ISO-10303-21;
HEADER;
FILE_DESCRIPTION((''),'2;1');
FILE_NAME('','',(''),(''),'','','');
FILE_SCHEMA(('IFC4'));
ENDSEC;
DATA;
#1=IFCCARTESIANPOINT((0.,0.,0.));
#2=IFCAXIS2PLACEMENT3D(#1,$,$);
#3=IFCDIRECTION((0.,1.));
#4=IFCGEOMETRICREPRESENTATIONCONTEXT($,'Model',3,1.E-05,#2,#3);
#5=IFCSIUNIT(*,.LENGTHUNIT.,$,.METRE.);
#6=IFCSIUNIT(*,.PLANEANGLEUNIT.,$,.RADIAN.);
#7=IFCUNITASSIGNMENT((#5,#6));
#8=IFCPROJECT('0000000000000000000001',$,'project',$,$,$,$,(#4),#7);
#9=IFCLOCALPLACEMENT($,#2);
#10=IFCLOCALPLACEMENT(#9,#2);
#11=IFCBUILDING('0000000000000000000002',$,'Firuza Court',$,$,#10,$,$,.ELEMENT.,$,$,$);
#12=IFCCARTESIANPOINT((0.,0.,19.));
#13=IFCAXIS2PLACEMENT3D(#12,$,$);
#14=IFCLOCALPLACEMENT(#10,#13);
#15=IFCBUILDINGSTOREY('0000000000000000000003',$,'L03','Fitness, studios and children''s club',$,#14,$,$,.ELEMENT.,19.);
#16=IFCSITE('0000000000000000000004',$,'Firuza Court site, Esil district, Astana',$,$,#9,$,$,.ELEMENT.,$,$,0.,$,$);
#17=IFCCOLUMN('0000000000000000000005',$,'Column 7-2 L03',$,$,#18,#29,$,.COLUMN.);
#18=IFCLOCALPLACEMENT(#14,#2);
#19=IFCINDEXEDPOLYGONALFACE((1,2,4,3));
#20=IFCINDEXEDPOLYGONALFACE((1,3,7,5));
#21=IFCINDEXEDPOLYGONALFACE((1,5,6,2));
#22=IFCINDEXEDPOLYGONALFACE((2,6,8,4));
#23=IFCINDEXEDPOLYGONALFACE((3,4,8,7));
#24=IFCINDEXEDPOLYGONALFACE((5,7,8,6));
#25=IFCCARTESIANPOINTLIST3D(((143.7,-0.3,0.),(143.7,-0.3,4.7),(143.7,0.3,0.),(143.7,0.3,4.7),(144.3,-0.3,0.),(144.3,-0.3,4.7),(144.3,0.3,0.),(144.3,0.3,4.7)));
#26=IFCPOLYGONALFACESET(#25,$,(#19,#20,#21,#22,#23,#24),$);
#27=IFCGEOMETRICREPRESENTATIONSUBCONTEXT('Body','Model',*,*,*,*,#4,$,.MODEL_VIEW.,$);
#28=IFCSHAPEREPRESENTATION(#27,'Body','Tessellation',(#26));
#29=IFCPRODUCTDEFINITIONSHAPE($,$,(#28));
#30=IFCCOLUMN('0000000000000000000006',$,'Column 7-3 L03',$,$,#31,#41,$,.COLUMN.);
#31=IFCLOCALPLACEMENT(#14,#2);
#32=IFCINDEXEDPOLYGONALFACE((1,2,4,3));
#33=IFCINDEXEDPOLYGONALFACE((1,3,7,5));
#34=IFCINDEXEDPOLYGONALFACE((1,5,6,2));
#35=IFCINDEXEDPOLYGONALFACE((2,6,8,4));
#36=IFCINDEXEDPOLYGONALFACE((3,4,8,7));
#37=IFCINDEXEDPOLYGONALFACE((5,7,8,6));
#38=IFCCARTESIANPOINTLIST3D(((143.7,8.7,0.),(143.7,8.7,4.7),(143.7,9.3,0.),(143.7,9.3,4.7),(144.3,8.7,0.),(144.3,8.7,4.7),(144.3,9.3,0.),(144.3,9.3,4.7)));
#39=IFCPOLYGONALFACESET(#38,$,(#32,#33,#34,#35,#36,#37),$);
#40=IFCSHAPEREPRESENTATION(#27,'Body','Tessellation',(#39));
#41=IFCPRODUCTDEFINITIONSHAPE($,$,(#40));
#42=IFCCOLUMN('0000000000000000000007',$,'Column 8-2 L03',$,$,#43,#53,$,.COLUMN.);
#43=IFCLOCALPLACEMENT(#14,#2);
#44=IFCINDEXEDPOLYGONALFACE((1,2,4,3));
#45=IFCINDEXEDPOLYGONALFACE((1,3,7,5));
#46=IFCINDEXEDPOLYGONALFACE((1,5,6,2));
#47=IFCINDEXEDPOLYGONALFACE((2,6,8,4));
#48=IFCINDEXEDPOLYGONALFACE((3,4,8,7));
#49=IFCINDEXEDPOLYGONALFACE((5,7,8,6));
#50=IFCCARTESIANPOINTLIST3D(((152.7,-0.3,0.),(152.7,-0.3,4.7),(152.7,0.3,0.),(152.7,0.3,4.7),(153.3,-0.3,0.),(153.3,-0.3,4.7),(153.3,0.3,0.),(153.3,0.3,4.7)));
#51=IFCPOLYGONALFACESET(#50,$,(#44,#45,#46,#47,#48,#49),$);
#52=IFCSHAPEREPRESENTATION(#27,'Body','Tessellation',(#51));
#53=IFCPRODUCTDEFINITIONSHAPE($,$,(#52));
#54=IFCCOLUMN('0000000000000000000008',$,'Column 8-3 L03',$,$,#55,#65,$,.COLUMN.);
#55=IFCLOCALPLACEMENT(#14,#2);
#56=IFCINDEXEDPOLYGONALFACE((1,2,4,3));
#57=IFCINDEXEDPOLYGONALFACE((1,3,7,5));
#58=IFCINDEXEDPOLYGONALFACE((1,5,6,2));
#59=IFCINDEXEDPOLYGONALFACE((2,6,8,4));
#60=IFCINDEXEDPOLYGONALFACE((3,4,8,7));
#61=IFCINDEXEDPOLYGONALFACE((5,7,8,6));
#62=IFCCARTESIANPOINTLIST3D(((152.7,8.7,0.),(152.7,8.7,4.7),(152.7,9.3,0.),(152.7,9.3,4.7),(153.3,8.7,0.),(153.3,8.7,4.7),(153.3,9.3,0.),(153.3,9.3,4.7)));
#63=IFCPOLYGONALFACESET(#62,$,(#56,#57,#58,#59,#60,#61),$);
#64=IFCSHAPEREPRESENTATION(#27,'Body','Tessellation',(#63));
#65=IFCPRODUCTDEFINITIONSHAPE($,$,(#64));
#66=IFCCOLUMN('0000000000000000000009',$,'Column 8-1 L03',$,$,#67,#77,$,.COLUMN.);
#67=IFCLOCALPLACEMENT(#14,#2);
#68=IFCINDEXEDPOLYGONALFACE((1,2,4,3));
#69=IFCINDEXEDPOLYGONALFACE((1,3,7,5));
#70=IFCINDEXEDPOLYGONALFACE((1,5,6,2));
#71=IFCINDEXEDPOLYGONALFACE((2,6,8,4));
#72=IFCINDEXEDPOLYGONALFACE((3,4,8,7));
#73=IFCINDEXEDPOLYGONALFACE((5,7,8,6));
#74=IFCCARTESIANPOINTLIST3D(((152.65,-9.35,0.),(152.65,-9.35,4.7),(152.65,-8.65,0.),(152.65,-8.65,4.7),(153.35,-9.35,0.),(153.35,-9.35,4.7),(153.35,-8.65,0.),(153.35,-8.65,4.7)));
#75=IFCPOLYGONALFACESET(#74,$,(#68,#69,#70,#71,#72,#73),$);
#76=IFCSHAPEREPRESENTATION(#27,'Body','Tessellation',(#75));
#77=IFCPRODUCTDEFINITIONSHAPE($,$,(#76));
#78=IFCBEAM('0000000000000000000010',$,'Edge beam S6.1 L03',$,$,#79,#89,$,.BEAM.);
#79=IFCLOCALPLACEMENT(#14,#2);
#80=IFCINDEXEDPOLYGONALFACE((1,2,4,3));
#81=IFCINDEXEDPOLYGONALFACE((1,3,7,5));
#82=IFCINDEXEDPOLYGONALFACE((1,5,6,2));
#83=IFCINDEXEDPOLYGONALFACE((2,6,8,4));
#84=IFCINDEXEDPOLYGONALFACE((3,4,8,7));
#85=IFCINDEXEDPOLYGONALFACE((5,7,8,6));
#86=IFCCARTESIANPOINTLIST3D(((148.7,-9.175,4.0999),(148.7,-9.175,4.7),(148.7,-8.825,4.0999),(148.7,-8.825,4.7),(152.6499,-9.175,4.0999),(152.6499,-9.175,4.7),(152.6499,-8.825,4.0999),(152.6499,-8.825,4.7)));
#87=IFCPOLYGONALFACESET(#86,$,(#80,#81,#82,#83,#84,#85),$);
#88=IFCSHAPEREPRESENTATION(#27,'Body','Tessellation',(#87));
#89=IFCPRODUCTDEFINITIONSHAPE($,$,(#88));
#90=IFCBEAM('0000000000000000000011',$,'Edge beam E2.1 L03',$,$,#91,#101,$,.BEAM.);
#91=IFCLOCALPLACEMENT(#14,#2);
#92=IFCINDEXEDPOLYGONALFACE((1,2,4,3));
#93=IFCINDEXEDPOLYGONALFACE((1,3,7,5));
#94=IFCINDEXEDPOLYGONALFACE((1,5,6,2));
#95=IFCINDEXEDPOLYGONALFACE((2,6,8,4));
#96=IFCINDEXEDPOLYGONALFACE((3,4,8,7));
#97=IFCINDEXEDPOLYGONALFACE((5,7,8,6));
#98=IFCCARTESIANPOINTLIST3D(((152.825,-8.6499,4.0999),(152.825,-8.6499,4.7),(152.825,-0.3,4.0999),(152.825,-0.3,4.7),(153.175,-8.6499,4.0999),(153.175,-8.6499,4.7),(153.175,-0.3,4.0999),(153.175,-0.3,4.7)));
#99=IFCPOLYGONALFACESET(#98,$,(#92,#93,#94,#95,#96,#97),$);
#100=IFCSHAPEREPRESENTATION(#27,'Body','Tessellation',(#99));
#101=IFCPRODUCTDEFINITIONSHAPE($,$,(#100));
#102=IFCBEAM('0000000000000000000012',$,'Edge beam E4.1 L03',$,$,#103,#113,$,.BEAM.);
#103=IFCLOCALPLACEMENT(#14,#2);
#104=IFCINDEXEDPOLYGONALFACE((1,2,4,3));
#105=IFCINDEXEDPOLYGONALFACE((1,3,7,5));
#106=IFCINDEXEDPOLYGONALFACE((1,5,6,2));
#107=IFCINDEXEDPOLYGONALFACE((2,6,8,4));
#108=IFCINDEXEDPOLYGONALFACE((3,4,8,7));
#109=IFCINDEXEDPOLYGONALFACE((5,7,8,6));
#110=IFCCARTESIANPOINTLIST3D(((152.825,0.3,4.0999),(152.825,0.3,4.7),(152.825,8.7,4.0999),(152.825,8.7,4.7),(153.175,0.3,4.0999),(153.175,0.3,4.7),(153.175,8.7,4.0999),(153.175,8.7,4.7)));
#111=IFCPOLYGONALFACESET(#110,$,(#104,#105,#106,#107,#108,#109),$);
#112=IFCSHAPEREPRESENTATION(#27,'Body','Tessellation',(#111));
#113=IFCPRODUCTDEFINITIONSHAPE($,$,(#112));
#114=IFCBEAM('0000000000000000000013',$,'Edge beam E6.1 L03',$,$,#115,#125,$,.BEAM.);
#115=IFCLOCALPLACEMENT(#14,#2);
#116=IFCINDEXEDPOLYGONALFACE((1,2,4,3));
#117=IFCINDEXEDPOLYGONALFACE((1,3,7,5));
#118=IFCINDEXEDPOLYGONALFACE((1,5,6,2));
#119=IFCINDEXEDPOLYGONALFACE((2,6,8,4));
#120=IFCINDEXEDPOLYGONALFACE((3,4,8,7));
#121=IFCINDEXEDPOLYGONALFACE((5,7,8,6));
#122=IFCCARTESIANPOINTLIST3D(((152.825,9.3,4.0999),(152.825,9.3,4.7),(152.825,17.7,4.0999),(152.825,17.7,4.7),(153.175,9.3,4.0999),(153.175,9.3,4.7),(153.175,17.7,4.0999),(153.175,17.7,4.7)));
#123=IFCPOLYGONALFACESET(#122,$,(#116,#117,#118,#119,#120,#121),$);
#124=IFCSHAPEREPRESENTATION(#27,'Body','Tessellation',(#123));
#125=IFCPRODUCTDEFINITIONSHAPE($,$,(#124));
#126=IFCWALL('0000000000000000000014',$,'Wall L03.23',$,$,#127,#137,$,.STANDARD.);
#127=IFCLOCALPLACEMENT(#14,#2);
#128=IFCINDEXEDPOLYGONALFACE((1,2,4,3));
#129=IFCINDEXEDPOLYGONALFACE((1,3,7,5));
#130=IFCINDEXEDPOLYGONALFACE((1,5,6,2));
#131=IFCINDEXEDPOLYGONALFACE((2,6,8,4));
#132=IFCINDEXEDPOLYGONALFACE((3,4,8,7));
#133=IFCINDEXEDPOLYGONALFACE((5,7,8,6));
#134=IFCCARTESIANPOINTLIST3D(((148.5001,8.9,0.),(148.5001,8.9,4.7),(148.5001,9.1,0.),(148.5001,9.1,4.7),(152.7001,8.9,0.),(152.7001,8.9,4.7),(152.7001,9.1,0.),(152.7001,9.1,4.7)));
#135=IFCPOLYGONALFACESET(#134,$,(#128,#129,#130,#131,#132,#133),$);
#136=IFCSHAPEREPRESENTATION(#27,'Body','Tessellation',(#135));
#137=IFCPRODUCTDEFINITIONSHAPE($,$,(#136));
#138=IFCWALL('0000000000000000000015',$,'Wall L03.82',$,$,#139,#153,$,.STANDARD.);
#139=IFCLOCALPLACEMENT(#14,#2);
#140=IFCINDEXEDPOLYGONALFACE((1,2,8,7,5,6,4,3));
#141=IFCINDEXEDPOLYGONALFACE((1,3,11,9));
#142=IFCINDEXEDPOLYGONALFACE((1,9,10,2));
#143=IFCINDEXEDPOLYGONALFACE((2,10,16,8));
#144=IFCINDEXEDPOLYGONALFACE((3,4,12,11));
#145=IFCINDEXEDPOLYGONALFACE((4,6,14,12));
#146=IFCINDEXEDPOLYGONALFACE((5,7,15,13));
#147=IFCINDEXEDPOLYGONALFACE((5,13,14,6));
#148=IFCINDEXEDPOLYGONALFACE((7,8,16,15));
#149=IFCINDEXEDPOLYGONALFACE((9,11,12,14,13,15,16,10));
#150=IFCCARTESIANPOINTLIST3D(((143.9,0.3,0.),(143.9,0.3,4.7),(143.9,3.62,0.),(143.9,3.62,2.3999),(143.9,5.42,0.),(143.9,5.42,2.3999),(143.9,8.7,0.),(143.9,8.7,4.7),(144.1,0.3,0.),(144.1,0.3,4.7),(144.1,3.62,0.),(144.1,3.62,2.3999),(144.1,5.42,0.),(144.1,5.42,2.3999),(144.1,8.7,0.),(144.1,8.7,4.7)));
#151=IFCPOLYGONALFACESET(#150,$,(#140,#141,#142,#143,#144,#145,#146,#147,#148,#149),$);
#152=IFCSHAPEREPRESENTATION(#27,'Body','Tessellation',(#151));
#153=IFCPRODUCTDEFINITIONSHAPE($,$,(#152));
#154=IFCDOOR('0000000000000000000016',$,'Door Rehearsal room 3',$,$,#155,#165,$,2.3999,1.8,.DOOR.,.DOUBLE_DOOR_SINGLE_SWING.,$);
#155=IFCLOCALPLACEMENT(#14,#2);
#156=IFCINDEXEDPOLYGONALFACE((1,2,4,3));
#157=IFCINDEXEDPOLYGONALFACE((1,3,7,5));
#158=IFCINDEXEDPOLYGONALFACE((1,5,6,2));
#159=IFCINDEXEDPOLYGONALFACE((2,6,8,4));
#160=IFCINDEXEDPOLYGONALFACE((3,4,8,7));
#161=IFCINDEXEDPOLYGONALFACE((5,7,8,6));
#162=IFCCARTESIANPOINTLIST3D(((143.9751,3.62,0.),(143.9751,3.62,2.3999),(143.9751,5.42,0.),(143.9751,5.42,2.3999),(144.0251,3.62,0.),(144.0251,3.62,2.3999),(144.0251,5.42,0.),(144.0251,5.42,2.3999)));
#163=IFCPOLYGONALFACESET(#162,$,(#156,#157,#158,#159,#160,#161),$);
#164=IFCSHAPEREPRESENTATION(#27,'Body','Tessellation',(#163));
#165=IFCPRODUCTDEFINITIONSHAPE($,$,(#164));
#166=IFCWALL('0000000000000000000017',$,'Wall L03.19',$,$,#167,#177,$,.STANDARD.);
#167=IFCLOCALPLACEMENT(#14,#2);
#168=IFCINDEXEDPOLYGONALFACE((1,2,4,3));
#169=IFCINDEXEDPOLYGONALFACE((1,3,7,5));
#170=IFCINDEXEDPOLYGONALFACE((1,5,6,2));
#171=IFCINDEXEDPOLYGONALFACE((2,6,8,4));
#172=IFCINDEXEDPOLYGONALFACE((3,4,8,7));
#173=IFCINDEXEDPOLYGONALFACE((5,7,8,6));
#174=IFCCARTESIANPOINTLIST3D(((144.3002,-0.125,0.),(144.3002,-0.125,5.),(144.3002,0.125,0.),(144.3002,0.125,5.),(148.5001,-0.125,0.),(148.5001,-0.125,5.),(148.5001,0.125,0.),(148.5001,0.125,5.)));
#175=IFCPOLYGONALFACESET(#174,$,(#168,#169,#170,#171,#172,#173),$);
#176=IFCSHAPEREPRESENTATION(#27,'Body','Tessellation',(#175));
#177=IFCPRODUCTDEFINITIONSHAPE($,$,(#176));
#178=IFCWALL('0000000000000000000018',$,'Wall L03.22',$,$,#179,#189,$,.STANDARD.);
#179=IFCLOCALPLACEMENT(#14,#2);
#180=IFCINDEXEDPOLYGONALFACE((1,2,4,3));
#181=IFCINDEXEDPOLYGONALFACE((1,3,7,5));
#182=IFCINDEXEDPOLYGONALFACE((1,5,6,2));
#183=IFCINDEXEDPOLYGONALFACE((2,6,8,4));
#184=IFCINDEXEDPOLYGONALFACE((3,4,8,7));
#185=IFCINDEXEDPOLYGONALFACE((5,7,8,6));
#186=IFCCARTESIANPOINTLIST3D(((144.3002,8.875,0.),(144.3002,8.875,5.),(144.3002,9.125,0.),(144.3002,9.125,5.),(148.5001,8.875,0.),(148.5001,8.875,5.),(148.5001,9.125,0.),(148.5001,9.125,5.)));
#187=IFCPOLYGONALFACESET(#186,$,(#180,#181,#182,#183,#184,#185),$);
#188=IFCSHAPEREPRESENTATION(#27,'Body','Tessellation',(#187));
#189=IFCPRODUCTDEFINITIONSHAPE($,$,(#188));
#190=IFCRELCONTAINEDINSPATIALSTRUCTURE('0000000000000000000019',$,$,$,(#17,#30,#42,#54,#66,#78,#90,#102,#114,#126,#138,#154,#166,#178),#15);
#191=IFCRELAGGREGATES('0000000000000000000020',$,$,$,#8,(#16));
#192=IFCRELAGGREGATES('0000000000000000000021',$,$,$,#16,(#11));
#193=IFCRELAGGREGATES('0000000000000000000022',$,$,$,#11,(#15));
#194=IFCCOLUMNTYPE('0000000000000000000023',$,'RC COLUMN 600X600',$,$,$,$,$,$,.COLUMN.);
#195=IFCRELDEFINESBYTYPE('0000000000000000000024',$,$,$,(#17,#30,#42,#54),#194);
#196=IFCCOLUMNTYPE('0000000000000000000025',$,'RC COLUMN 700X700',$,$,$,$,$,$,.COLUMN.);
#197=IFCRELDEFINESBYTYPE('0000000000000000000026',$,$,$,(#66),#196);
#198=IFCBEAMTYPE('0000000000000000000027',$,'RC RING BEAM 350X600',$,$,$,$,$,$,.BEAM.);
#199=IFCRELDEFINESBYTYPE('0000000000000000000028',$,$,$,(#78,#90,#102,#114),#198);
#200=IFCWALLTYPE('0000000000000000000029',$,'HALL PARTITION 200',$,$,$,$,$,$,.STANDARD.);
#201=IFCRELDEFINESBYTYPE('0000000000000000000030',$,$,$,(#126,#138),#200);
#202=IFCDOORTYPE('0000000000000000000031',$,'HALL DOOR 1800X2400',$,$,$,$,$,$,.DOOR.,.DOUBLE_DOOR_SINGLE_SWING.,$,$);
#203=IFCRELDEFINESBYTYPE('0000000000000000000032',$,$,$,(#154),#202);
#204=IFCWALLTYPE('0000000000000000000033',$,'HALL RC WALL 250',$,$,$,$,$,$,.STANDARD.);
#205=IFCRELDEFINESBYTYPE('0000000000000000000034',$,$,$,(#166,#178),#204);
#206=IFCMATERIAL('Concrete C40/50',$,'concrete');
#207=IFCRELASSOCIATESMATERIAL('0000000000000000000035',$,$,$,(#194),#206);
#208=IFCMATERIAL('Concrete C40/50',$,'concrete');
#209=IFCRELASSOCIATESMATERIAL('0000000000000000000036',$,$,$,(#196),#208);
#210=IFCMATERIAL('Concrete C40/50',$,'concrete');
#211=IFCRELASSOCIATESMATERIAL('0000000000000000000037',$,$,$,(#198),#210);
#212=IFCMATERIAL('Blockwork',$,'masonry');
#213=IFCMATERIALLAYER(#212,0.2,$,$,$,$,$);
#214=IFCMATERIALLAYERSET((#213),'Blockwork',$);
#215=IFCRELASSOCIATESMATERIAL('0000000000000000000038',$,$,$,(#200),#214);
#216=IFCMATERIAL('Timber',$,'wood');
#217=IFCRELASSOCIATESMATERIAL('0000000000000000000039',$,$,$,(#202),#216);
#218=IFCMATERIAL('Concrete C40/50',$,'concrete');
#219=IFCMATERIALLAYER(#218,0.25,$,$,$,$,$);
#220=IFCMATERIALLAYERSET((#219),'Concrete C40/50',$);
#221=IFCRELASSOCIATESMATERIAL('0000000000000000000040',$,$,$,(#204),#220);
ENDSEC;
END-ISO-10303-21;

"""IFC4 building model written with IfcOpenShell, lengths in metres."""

from ifc_helpers import new_model, si_unit, direction, frame, frame_2d, origin, origin_2d, place, context, subcontext, project, spatial, rectangle, extrude, material, layer, layer_set, material_profile, profile_set, type_object, element, fill, save


model = new_model("IFC4")

# Units and contexts
model_context = context("Model", 3, precision=1e-05, world=origin(), true_north=direction((0.0, 1.0)))
body_context = subcontext(model_context, "Body", "Model", "MODEL_VIEW")
ifc_project = project(units=[si_unit("LENGTHUNIT", "METRE"), si_unit("PLANEANGLEUNIT", "RADIAN")], contexts=[model_context])

# Site, building, storey
site_placement = place(None, origin())
site = spatial("IfcSite", under=ifc_project, at=site_placement, Name="Firuza Court site, Esil district, Astana", CompositionType="ELEMENT", RefElevation=0.0)
building_placement = place(site_placement, origin())
building = spatial("IfcBuilding", under=site, at=building_placement, Name="Firuza Court", CompositionType="ELEMENT")
storey_placement = place(building_placement, frame((0.0, 0.0, 19.0)))
storey = spatial("IfcBuildingStorey", under=building, at=storey_placement, Name="L03", Description="Fitness, studios and children's club", CompositionType="ELEMENT", Elevation=19.0)

# Columns
ifc_material_1 = material(Name="Concrete C40/50", Category="concrete")
ifc_material_profile_1 = material_profile(ifc_material_1, rectangle(XDim=0.6001, YDim=0.6001, at=origin_2d()), Name="RC 600X600")
ifc_profile_set_1 = profile_set([ifc_material_profile_1], Name="Concrete C40/50")
column_type_1 = type_object("IfcColumnType", Name="RC COLUMN 600X600", PredefinedType="COLUMN", material=ifc_profile_set_1)
for number, where, z_axis, x_axis, name in (
    (1, (144.0, 0.0, 0.0), (0.0, 0.0, 1.0), (1.0, 0.0, 0.0), "Column 7-2 L03"),
    (2, (144.0, 9.0, 0.0), (0.0, 0.0, 1.0), (1.0, 0.0, 0.0), "Column 7-3 L03"),
    (3, (153.0, 0.0, 0.0), (0.0, 0.0, 1.0), (1.0, 0.0, 0.0), "Column 8-2 L03"),
    (4, (153.0, 9.0, 0.0), (0.0, 0.0, 1.0), (1.0, 0.0, 0.0), "Column 8-3 L03"),
):
    element("IfcColumn", number, at=place(storey_placement, frame(where, z_axis=z_axis, x_axis=x_axis)), inside=storey, type_object=column_type_1, Name=name, PredefinedType="COLUMN", context=body_context, shape_type="SweptSolid", body=[
        extrude(rectangle(XDim=0.6001, YDim=0.6001, at=origin_2d()), origin(), (0.0, 0.0, 1.0), 4.7),
    ])
ifc_material_2 = material(Name="Concrete C40/50", Category="concrete")
ifc_material_profile_2 = material_profile(ifc_material_2, rectangle(XDim=0.7, YDim=0.7, at=origin_2d()), Name="RC 700X700")
ifc_profile_set_2 = profile_set([ifc_material_profile_2], Name="Concrete C40/50")
column_type_2 = type_object("IfcColumnType", Name="RC COLUMN 700X700", PredefinedType="COLUMN", material=ifc_profile_set_2)
column_placement = place(storey_placement, frame((153.0, -9.0, 0.0), z_axis=(0.0, 0.0, 1.0), x_axis=(1.0, 0.0, 0.0)))
element("IfcColumn", 5, at=column_placement, inside=storey, type_object=column_type_2, Name="Column 8-1 L03", PredefinedType="COLUMN", context=body_context, shape_type="SweptSolid", body=[
    extrude(rectangle(XDim=0.7, YDim=0.7, at=origin_2d()), origin(), (0.0, 0.0, 1.0), 4.7),
])

# Beams
ifc_material_3 = material(Name="Concrete C40/50", Category="concrete")
ifc_material_profile_3 = material_profile(ifc_material_3, rectangle(XDim=0.3501, YDim=0.6001, at=origin_2d()), Name="RC 350X600")
ifc_profile_set_3 = profile_set([ifc_material_profile_3], Name="Concrete C40/50")
beam_type = type_object("IfcBeamType", Name="RC RING BEAM 350X600", PredefinedType="BEAM", material=ifc_profile_set_3)
beam_1_placement = place(storey_placement, frame((148.7, -9.0, 4.3999), z_axis=(1.0, 0.0, 0.0), x_axis=(0.0, 1.0, 0.0)))
element("IfcBeam", 6, at=beam_1_placement, inside=storey, type_object=beam_type, Name="Edge beam S6.1 L03", PredefinedType="BEAM", context=body_context, shape_type="SweptSolid", body=[
    extrude(rectangle(XDim=0.3501, YDim=0.6001, at=origin_2d()), origin(), (0.0, 0.0, 1.0), 3.95),
])
beam_2_placement = place(storey_placement, frame((153.0, -8.6499, 4.3999), z_axis=(0.0, 1.0, 0.0), x_axis=(-1.0, 0.0, 0.0)))
element("IfcBeam", 7, at=beam_2_placement, inside=storey, type_object=beam_type, Name="Edge beam E2.1 L03", PredefinedType="BEAM", context=body_context, shape_type="SweptSolid", body=[
    extrude(rectangle(XDim=0.3501, YDim=0.6001, at=origin_2d()), origin(), (0.0, 0.0, 1.0), 8.3499),
])
for number, where, z_axis, x_axis, name in (
    (8, (153.0, 0.3, 4.3999), (0.0, 1.0, 0.0), (-1.0, 0.0, 0.0), "Edge beam E4.1 L03"),
    (9, (153.0, 9.3, 4.3999), (0.0, 1.0, 0.0), (-1.0, 0.0, 0.0), "Edge beam E6.1 L03"),
):
    element("IfcBeam", number, at=place(storey_placement, frame(where, z_axis=z_axis, x_axis=x_axis)), inside=storey, type_object=beam_type, Name=name, PredefinedType="BEAM", context=body_context, shape_type="SweptSolid", body=[
        extrude(rectangle(XDim=0.3501, YDim=0.6001, at=origin_2d()), origin(), (0.0, 0.0, 1.0), 8.3999),
    ])

# Wall
ifc_material_4 = material(Name="Blockwork", Category="masonry")
ifc_layer_1 = layer(ifc_material_4, 0.2)
ifc_layer_set_1 = layer_set([ifc_layer_1], Name="Blockwork")
wall_type_1 = type_object("IfcWallType", Name="HALL PARTITION 200", PredefinedType="STANDARD", material=ifc_layer_set_1)
wall_1_placement = place(storey_placement, frame((148.5, 9.0, 0.0), z_axis=(0.0, 0.0, 1.0), x_axis=(1.0, 0.0, 0.0)))
element("IfcWall", 10, at=wall_1_placement, inside=storey, type_object=wall_type_1, Name="Wall L03.23", PredefinedType="STANDARD", context=body_context, shape_type="SweptSolid", body=[
    extrude(rectangle(XDim=4.2, YDim=0.2, at=frame_2d((2.1001, 0.0))), origin(), (0.0, 0.0, 1.0), 4.7),
])

# Wall, opening, door
wall_2_placement = place(storey_placement, frame((144.0, 0.3, 0.0), z_axis=(0.0, 0.0, 1.0), x_axis=(0.0, 1.0, 0.0)))
wall_2 = element("IfcWall", 11, at=wall_2_placement, inside=storey, type_object=wall_type_1, Name="Wall L03.82", PredefinedType="STANDARD", context=body_context, shape_type="SweptSolid", body=[
    extrude(rectangle(XDim=8.3999, YDim=0.2, at=frame_2d((4.2, 0.0))), origin(), (0.0, 0.0, 1.0), 4.7),
])
opening_1_placement = place(wall_2_placement, frame((3.3201, 0.0, 0.0)))
opening_1 = element("IfcOpeningElement", 12, at=opening_1_placement, cuts=wall_2, PredefinedType="OPENING", context=body_context, shape_type="SweptSolid", body=[
    extrude(rectangle(XDim=1.8, YDim=2.3999, at=frame_2d((0.8999, 1.2))), frame((0.0, 0.1118, 0.0), z_axis=(0.0, -1.0, 0.0), x_axis=(1.0, 0.0, 0.0)), (0.0, 0.0, 1.0), 0.2239),
])
ifc_material_5 = material(Name="Timber", Category="wood")
door_type = type_object("IfcDoorType", Name="HALL DOOR 1800X2400", OperationType="DOUBLE_DOOR_SINGLE_SWING", PredefinedType="DOOR", material=ifc_material_5)
door_placement = place(opening_1_placement, origin())
door = element("IfcDoor", 13, at=door_placement, inside=storey, type_object=door_type, Name="Door Rehearsal room 3", OperationType="DOUBLE_DOOR_SINGLE_SWING", OverallHeight=2.3999, OverallWidth=1.8, PredefinedType="DOOR", context=body_context, shape_type="SweptSolid", body=[
    extrude(rectangle(XDim=1.8, YDim=2.3999, at=frame_2d((0.8999, 1.2))), frame((0.0, 0.0249, 0.0), z_axis=(0.0, -1.0, 0.0), x_axis=(1.0, 0.0, 0.0)), (0.0, 0.0, 1.0), 0.05),
])
fill(opening_1, door)

# Walls
ifc_material_6 = material(Name="Concrete C40/50", Category="concrete")
ifc_layer_2 = layer(ifc_material_6, 0.25)
ifc_layer_set_2 = layer_set([ifc_layer_2], Name="Concrete C40/50")
wall_type_2 = type_object("IfcWallType", Name="HALL RC WALL 250", PredefinedType="STANDARD", material=ifc_layer_set_2)
for number, where, z_axis, x_axis, name in (
    (14, (144.3, 0.0, 0.0), (0.0, 0.0, 1.0), (1.0, 0.0, 0.0), "Wall L03.19"),
    (15, (144.3, 9.0, 0.0), (0.0, 0.0, 1.0), (1.0, 0.0, 0.0), "Wall L03.22"),
):
    element("IfcWall", number, at=place(storey_placement, frame(where, z_axis=z_axis, x_axis=x_axis)), inside=storey, type_object=wall_type_2, Name=name, PredefinedType="STANDARD", context=body_context, shape_type="SweptSolid", body=[
        extrude(rectangle(XDim=4.2, YDim=0.25, at=frame_2d((2.1001, 0.0))), origin(), (0.0, 0.0, 1.0), 5.0),
    ])

save(model, "model.ifc")
